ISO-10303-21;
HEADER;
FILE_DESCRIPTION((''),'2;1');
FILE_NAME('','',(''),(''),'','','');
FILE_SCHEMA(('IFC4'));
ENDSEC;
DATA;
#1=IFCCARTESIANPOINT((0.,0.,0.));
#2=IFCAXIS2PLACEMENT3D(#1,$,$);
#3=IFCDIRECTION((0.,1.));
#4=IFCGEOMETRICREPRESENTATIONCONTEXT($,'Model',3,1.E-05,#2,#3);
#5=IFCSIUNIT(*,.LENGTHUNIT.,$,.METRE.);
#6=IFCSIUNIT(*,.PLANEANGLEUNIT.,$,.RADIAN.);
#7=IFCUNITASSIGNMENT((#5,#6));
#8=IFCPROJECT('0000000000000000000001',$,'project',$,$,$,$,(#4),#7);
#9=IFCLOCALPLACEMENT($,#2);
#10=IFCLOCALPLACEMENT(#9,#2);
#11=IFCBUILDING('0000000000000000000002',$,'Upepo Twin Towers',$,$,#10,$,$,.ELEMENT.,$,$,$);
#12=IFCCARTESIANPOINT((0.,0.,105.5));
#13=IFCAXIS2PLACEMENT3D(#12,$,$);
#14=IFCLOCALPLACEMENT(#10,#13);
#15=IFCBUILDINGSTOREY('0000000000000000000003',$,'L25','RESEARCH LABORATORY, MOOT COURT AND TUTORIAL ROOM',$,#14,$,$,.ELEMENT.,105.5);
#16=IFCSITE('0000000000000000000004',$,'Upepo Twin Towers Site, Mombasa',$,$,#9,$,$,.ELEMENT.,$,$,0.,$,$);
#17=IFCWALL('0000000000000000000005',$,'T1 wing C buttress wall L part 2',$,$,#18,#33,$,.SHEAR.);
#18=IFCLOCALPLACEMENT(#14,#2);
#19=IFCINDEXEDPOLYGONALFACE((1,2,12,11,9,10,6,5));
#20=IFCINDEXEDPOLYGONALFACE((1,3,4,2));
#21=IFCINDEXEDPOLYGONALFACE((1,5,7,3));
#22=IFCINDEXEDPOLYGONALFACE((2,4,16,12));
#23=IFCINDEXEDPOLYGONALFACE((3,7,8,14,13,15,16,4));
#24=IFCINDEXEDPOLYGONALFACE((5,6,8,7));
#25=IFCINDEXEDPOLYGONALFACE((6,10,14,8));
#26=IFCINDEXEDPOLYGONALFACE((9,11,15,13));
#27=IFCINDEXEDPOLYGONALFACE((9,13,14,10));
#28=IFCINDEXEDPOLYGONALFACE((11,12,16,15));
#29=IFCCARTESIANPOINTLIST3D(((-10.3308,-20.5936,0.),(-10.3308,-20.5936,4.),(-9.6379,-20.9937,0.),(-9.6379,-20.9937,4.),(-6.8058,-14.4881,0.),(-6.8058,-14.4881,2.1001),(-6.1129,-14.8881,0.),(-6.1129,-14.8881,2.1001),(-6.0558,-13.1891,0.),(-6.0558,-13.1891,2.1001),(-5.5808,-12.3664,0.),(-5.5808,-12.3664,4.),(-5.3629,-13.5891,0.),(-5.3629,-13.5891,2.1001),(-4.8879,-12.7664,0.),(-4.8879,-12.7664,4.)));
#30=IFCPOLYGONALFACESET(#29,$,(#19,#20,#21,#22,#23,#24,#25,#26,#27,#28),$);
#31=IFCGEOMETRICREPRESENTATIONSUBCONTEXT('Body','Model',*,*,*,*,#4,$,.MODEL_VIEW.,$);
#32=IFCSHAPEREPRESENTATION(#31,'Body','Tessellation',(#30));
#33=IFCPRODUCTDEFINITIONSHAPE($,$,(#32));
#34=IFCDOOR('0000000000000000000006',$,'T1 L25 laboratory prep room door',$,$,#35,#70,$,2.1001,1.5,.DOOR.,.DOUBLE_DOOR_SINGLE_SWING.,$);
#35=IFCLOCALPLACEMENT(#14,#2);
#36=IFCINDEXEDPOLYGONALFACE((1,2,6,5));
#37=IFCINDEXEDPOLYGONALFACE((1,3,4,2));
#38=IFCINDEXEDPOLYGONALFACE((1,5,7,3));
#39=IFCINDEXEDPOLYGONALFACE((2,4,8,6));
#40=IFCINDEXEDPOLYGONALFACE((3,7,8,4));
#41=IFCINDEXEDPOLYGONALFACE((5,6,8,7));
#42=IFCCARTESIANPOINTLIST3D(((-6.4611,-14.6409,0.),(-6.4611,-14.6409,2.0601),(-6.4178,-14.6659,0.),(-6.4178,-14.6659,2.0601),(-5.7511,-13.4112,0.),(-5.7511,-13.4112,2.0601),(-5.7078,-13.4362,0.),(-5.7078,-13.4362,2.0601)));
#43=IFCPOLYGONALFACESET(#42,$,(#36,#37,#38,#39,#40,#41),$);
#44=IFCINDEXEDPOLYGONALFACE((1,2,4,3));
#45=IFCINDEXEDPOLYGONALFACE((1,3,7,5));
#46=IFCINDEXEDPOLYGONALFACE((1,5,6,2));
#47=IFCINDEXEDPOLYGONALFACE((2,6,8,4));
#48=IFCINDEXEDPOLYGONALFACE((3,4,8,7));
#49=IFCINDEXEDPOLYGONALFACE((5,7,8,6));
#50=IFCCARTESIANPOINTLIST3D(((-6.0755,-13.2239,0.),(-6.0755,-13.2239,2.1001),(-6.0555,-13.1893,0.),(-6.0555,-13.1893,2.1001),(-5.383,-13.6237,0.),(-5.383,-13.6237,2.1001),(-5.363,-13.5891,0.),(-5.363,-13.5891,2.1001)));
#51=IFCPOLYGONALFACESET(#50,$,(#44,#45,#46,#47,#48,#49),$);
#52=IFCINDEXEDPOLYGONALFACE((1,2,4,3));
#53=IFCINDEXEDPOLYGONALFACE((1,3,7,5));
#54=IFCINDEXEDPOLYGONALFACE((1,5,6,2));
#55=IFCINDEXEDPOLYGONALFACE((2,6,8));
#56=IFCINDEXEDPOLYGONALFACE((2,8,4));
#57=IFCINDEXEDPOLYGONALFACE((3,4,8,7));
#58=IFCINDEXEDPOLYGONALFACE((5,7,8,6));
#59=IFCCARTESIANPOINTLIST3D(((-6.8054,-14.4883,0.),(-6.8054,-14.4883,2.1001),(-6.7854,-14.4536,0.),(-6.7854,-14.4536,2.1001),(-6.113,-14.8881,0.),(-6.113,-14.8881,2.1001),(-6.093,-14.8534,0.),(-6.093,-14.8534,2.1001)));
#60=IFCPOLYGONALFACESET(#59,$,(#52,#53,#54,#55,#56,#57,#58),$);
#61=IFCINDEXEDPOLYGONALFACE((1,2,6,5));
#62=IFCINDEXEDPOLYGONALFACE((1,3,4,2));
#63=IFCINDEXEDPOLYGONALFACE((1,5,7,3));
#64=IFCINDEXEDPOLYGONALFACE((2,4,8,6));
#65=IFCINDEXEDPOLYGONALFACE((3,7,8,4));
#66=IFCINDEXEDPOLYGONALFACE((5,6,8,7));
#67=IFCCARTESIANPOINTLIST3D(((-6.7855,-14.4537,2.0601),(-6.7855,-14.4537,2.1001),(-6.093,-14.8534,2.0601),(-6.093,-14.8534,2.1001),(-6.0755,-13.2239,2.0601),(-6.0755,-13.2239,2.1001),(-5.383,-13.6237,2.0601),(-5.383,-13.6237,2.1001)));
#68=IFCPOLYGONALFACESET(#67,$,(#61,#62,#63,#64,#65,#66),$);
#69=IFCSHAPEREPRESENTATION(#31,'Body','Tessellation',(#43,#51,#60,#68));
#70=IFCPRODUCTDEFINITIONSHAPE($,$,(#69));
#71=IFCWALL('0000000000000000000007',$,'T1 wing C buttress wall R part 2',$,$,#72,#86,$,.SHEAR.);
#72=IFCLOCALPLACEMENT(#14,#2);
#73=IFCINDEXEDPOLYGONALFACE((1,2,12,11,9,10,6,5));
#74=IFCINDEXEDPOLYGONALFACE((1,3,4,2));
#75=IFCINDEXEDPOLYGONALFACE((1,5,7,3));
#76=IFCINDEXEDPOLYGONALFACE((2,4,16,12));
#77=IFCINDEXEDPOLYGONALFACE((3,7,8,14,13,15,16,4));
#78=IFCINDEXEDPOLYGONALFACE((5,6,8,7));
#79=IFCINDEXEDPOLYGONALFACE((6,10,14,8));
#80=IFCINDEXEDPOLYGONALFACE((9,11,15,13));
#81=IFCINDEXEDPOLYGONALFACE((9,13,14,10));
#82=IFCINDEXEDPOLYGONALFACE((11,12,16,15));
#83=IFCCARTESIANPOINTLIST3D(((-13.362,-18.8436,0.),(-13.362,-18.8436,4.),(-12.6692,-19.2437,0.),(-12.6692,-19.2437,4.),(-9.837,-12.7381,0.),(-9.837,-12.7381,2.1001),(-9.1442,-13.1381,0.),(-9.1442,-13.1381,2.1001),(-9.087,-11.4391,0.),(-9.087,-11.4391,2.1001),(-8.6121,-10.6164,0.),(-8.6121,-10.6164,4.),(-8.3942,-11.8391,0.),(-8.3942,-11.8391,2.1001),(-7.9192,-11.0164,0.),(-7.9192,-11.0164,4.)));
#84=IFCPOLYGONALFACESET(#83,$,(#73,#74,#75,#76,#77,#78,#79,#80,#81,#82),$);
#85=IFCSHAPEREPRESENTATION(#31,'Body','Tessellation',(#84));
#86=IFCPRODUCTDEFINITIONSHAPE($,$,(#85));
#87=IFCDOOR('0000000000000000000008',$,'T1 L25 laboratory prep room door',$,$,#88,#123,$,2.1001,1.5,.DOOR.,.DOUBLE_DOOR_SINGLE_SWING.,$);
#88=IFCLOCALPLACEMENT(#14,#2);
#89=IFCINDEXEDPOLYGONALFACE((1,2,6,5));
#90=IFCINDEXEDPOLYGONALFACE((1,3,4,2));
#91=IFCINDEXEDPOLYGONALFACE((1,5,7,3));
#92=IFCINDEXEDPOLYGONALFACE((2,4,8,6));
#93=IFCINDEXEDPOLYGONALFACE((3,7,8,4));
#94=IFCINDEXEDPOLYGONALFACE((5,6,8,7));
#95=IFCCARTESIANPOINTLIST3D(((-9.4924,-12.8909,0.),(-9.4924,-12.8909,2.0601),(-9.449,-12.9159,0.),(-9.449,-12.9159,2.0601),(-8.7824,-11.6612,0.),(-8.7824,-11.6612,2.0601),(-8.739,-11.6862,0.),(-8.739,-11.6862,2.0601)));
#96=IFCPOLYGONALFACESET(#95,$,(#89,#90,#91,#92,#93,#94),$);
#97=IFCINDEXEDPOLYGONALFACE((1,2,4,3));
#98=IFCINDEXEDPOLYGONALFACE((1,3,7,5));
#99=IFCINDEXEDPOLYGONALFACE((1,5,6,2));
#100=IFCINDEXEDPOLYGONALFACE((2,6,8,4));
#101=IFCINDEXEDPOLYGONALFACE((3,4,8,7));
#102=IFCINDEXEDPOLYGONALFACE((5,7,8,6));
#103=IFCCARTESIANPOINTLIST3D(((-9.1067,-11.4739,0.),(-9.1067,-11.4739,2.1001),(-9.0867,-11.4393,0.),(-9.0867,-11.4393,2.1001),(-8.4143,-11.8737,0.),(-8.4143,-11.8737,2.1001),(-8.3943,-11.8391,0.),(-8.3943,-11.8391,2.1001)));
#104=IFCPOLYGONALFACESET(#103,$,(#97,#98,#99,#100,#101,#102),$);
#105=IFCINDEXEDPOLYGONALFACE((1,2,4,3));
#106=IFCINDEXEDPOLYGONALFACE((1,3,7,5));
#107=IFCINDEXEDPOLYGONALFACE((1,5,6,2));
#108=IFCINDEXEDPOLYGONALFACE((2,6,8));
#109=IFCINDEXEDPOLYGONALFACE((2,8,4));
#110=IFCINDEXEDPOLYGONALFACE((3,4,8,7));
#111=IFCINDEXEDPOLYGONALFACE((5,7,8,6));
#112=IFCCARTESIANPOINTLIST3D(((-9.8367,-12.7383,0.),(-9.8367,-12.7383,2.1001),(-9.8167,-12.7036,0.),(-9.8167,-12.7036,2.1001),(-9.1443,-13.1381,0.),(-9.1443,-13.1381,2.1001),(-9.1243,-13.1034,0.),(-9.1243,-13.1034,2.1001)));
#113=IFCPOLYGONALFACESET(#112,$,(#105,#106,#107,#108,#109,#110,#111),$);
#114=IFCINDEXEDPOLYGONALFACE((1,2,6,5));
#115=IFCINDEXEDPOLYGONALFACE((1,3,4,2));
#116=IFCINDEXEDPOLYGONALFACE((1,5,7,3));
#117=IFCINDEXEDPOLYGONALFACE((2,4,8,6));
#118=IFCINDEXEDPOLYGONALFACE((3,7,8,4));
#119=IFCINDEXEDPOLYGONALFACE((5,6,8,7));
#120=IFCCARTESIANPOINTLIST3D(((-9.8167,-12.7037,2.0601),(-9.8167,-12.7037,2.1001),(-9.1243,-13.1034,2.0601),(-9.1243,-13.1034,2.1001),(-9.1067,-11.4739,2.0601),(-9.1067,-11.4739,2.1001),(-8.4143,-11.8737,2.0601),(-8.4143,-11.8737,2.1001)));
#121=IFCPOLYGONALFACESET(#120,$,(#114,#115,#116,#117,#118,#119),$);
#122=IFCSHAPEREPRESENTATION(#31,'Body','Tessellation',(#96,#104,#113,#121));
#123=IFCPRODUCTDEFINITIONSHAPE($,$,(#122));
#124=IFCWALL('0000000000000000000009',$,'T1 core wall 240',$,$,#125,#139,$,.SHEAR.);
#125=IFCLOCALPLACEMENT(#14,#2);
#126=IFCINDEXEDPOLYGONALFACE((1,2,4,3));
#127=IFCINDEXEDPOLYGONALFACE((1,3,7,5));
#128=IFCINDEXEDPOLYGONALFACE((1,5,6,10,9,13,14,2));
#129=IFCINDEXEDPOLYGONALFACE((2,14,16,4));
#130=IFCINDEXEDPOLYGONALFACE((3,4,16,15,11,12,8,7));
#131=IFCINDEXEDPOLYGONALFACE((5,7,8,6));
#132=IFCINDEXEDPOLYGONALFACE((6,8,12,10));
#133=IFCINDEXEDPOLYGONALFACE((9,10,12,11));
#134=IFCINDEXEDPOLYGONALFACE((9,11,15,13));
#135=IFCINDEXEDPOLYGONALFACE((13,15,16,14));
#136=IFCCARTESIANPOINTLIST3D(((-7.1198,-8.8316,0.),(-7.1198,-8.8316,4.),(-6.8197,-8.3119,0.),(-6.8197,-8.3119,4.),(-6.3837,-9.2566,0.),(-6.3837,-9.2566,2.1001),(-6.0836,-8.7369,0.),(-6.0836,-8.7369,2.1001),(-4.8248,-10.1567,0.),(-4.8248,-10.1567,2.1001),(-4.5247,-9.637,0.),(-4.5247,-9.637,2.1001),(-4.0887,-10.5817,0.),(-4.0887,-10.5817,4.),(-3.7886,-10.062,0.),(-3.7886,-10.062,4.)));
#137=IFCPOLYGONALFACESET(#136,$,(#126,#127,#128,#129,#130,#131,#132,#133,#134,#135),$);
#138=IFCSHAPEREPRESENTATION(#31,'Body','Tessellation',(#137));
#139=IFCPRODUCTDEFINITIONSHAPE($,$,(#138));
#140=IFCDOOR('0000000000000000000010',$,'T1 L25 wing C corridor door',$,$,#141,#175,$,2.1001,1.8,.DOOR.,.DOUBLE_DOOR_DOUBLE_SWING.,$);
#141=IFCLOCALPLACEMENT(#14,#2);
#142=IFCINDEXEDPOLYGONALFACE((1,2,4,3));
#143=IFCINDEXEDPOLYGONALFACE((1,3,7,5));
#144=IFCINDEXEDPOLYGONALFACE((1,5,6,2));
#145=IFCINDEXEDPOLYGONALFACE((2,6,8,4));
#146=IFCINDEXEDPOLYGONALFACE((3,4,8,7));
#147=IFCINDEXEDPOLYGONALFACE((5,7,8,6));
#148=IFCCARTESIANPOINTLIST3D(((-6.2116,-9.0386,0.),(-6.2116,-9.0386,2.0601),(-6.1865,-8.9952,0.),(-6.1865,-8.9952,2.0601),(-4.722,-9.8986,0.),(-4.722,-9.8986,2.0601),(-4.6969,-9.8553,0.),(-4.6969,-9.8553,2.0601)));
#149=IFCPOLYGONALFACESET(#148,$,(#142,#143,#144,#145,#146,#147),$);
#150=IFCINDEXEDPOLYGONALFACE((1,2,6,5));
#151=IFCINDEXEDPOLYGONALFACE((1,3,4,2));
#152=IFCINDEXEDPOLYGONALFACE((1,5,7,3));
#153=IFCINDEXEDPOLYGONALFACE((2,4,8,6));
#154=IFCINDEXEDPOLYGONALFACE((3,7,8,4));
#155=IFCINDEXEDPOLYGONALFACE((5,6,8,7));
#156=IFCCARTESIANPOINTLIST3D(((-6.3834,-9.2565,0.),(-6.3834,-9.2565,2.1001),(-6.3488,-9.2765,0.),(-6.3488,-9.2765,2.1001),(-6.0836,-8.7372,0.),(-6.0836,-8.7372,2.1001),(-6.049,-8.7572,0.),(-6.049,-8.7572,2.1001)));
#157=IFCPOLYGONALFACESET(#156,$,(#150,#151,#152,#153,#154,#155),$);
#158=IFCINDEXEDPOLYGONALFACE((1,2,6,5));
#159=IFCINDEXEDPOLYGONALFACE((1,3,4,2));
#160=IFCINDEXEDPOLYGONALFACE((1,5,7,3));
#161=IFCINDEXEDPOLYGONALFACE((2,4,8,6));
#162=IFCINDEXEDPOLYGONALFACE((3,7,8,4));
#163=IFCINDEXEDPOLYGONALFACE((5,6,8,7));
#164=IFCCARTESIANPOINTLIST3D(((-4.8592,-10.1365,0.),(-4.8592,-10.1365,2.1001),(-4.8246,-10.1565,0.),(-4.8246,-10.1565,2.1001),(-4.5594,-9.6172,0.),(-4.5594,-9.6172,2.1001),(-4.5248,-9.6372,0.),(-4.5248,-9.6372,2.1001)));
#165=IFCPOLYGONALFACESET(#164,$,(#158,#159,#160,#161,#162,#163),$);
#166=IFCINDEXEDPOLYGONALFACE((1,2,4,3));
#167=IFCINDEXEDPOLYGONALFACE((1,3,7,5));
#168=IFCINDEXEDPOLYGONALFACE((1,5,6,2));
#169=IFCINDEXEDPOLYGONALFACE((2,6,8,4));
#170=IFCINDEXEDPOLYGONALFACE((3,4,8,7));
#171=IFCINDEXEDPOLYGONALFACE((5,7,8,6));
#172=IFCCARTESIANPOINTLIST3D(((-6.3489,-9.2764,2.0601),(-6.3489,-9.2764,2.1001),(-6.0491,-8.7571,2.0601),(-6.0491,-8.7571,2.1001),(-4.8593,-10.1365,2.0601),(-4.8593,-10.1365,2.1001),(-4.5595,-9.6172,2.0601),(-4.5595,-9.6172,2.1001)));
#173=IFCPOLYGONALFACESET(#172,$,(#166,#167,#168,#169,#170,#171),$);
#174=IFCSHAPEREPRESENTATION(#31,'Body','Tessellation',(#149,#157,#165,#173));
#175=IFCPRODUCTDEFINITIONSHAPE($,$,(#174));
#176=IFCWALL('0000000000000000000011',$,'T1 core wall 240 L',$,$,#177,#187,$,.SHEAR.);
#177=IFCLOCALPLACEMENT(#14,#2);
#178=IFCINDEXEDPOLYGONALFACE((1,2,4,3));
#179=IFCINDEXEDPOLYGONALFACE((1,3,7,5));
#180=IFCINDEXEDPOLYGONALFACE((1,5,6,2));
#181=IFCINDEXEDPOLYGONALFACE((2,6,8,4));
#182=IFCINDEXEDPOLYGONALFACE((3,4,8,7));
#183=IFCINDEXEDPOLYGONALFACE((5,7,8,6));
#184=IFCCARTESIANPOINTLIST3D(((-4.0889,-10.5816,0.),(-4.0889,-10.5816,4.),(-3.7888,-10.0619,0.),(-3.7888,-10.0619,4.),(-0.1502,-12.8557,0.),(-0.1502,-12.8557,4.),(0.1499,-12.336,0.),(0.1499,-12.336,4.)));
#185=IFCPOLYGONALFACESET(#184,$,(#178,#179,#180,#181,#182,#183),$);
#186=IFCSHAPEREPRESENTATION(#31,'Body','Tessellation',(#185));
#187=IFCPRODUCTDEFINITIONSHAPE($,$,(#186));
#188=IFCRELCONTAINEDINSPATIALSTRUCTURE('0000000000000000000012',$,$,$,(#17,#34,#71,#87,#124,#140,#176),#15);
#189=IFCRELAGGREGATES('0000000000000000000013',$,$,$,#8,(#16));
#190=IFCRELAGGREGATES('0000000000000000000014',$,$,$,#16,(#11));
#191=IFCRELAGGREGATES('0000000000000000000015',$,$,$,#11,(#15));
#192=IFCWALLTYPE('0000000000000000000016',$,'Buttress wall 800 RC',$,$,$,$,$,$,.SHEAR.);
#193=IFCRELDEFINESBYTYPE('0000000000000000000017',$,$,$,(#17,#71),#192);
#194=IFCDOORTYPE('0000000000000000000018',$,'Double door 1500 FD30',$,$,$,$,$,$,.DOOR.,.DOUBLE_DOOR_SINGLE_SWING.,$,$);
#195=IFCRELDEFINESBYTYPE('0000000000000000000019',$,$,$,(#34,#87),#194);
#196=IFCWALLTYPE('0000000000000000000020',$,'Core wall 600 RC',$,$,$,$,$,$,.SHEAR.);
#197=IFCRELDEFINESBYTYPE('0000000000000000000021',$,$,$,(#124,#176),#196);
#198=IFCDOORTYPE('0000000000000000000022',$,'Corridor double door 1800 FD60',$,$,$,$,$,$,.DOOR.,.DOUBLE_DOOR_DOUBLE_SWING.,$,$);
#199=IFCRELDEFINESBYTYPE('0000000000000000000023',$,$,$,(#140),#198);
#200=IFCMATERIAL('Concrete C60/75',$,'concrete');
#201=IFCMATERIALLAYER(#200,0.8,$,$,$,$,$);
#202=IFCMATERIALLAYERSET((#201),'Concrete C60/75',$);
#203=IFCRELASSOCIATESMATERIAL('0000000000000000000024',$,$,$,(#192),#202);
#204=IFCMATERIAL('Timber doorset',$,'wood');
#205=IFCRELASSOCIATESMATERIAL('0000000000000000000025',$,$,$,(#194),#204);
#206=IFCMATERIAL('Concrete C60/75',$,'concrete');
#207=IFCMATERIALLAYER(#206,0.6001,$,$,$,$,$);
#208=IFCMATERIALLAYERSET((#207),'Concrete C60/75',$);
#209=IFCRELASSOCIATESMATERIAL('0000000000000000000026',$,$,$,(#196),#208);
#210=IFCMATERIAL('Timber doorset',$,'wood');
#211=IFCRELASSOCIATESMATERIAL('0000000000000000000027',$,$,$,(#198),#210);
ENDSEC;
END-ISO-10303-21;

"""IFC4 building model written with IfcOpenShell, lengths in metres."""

from ifc_helpers import new_model, si_unit, direction, frame, frame_2d, origin, place, context, subcontext, project, spatial, rectangle, extrude, material, layer, layer_set, type_object, element, fill, save


model = new_model("IFC4")

# Units and contexts
model_context = context("Model", 3, precision=1e-05, world=origin(), true_north=direction((0.0, 1.0)))
body_context = subcontext(model_context, "Body", "Model", "MODEL_VIEW")
ifc_project = project(units=[si_unit("LENGTHUNIT", "METRE"), si_unit("PLANEANGLEUNIT", "RADIAN")], contexts=[model_context])

# Site, building, storey
site_placement = place(None, origin())
site = spatial("IfcSite", under=ifc_project, at=site_placement, Name="Upepo Twin Towers Site, Mombasa", CompositionType="ELEMENT", RefElevation=0.0)
building_placement = place(site_placement, origin())
building = spatial("IfcBuilding", under=site, at=building_placement, Name="Upepo Twin Towers", CompositionType="ELEMENT")
storey_placement = place(building_placement, frame((0.0, 0.0, 105.5)))
storey = spatial("IfcBuildingStorey", under=building, at=storey_placement, Name="L25", Description="RESEARCH LABORATORY, MOOT COURT AND TUTORIAL ROOM", CompositionType="ELEMENT", Elevation=105.5)

# Walls, openings, doors
ifc_material_1 = material(Name="Concrete C60/75", Category="concrete")
ifc_layer_1 = layer(ifc_material_1, 0.8)
ifc_layer_set_1 = layer_set([ifc_layer_1], Name="Concrete C60/75")
wall_type_1 = type_object("IfcWallType", Name="Buttress wall 800 RC", PredefinedType="SHEAR", material=ifc_layer_set_1)
wall_1_placement = place(storey_placement, frame((-5.2344, -12.5664, 0.0), z_axis=(0.0, 0.0, 1.0), x_axis=(-0.499998, -0.866027, 0.0)))
wall_1 = element("IfcWall", 1, at=wall_1_placement, inside=storey, type_object=wall_type_1, Name="T1 wing C buttress wall L part 2", PredefinedType="SHEAR", context=body_context, shape_type="SweptSolid", body=[
    extrude(rectangle(XDim=9.5, YDim=0.8, at=frame_2d((4.75, 0.0))), origin(), (0.0, 0.0, 1.0), 4.0),
])
opening_1_placement = place(wall_1_placement, frame((0.95, 0.0, 0.0)))
opening_1 = element("IfcOpeningElement", 2, at=opening_1_placement, cuts=wall_1, PredefinedType="OPENING", context=body_context, shape_type="SweptSolid", body=[
    extrude(rectangle(XDim=1.5, YDim=2.1001, at=frame_2d((0.75, 1.05))), frame((0.0, 0.4099, 0.0), z_axis=(0.0, -1.0, 0.0), x_axis=(1.0, 0.0, 0.0)), (0.0, 0.0, 1.0), 0.8201),
])
ifc_material_2 = material(Name="Timber doorset", Category="wood")
door_type_1 = type_object("IfcDoorType", Name="Double door 1500 FD30", OperationType="DOUBLE_DOOR_SINGLE_SWING", PredefinedType="DOOR", material=ifc_material_2)
door_1_placement = place(opening_1_placement, origin())
door_1 = element("IfcDoor", 3, at=door_1_placement, inside=storey, type_object=door_type_1, Name="T1 L25 laboratory prep room door", OperationType="DOUBLE_DOOR_SINGLE_SWING", OverallHeight=2.1001, OverallWidth=1.5, PredefinedType="DOOR", context=body_context, shape_type="SweptSolid", body=[
    extrude(rectangle(XDim=1.42, YDim=2.0601, at=frame_2d((0.75, 1.03))), frame((0.0, 0.0249, 0.0), z_axis=(0.0, -1.0, 0.0), x_axis=(1.0, 0.0, 0.0)), (0.0, 0.0, 1.0), 0.05),
    extrude(rectangle(XDim=0.04, YDim=2.1001, at=frame_2d((0.02, 1.05))), frame((0.0, 0.3999, 0.0), z_axis=(0.0, -1.0, 0.0), x_axis=(1.0, 0.0, 0.0)), (0.0, 0.0, 1.0), 0.7996),
    extrude(rectangle(XDim=0.04, YDim=2.1001, at=frame_2d((1.48, 1.05))), frame((0.0, 0.3999, 0.0), z_axis=(0.0, -1.0, 0.0), x_axis=(1.0, 0.0, 0.0)), (0.0, 0.0, 1.0), 0.7996),
    extrude(rectangle(XDim=1.42, YDim=0.04, at=frame_2d((0.75, 2.0801))), frame((0.0, 0.3999, 0.0), z_axis=(0.0, -1.0, 0.0), x_axis=(1.0, 0.0, 0.0)), (0.0, 0.0, 1.0), 0.7996),
])
fill(opening_1, door_1)
wall_2_placement = place(storey_placement, frame((-8.2656, -10.8164, 0.0), z_axis=(0.0, 0.0, 1.0), x_axis=(-0.499998, -0.866027, 0.0)))
wall_2 = element("IfcWall", 4, at=wall_2_placement, inside=storey, type_object=wall_type_1, Name="T1 wing C buttress wall R part 2", PredefinedType="SHEAR", context=body_context, shape_type="SweptSolid", body=[
    extrude(rectangle(XDim=9.5, YDim=0.8, at=frame_2d((4.75, 0.0))), origin(), (0.0, 0.0, 1.0), 4.0),
])
opening_2_placement = place(wall_2_placement, frame((0.95, 0.0, 0.0)))
opening_2 = element("IfcOpeningElement", 5, at=opening_2_placement, cuts=wall_2, PredefinedType="OPENING", context=body_context, shape_type="SweptSolid", body=[
    extrude(rectangle(XDim=1.5, YDim=2.1001, at=frame_2d((0.75, 1.05))), frame((0.0, 0.4099, 0.0), z_axis=(0.0, -1.0, 0.0), x_axis=(1.0, 0.0, 0.0)), (0.0, 0.0, 1.0), 0.8201),
])
door_2_placement = place(opening_2_placement, origin())
door_2 = element("IfcDoor", 6, at=door_2_placement, inside=storey, type_object=door_type_1, Name="T1 L25 laboratory prep room door", OperationType="DOUBLE_DOOR_SINGLE_SWING", OverallHeight=2.1001, OverallWidth=1.5, PredefinedType="DOOR", context=body_context, shape_type="SweptSolid", body=[
    extrude(rectangle(XDim=1.42, YDim=2.0601, at=frame_2d((0.75, 1.03))), frame((0.0, 0.0249, 0.0), z_axis=(0.0, -1.0, 0.0), x_axis=(1.0, 0.0, 0.0)), (0.0, 0.0, 1.0), 0.05),
    extrude(rectangle(XDim=0.04, YDim=2.1001, at=frame_2d((0.02, 1.05))), frame((0.0, 0.3999, 0.0), z_axis=(0.0, -1.0, 0.0), x_axis=(1.0, 0.0, 0.0)), (0.0, 0.0, 1.0), 0.7996),
    extrude(rectangle(XDim=0.04, YDim=2.1001, at=frame_2d((1.48, 1.05))), frame((0.0, 0.3999, 0.0), z_axis=(0.0, -1.0, 0.0), x_axis=(1.0, 0.0, 0.0)), (0.0, 0.0, 1.0), 0.7996),
    extrude(rectangle(XDim=1.42, YDim=0.04, at=frame_2d((0.75, 2.0801))), frame((0.0, 0.3999, 0.0), z_axis=(0.0, -1.0, 0.0), x_axis=(1.0, 0.0, 0.0)), (0.0, 0.0, 1.0), 0.7996),
])
fill(opening_2, door_2)
ifc_material_3 = material(Name="Concrete C60/75", Category="concrete")
ifc_layer_2 = layer(ifc_material_3, 0.6001)
ifc_layer_set_2 = layer_set([ifc_layer_2], Name="Concrete C60/75")
wall_type_2 = type_object("IfcWallType", Name="Core wall 600 RC", PredefinedType="SHEAR", material=ifc_layer_set_2)
wall_3_placement = place(storey_placement, frame((-6.9697, -8.5718, 0.0), z_axis=(0.0, 0.0, 1.0), x_axis=(0.866019, -0.50001, 0.0)))
wall_3 = element("IfcWall", 7, at=wall_3_placement, inside=storey, type_object=wall_type_2, Name="T1 core wall 240", PredefinedType="SHEAR", context=body_context, shape_type="SweptSolid", body=[
    extrude(rectangle(XDim=3.5, YDim=0.6001, at=frame_2d((1.75, 0.0))), origin(), (0.0, 0.0, 1.0), 4.0),
])
opening_3_placement = place(wall_3_placement, frame((0.8501, 0.0, 0.0)))
opening_3 = element("IfcOpeningElement", 8, at=opening_3_placement, cuts=wall_3, PredefinedType="OPENING", context=body_context, shape_type="SweptSolid", body=[
    extrude(rectangle(XDim=1.8, YDim=2.1001, at=frame_2d((0.8999, 1.05))), frame((0.0, 0.3101, 0.0), z_axis=(0.0, -1.0, 0.0), x_axis=(1.0, 0.0, 0.0)), (0.0, 0.0, 1.0), 0.6201),
])
ifc_material_4 = material(Name="Timber doorset", Category="wood")
door_type_2 = type_object("IfcDoorType", Name="Corridor double door 1800 FD60", OperationType="DOUBLE_DOOR_DOUBLE_SWING", PredefinedType="DOOR", material=ifc_material_4)
door_3_placement = place(opening_3_placement, origin())
door_3 = element("IfcDoor", 9, at=door_3_placement, inside=storey, type_object=door_type_2, Name="T1 L25 wing C corridor door", OperationType="DOUBLE_DOOR_DOUBLE_SWING", OverallHeight=2.1001, OverallWidth=1.8, PredefinedType="DOOR", context=body_context, shape_type="SweptSolid", body=[
    extrude(rectangle(XDim=1.72, YDim=2.0601, at=frame_2d((0.8999, 1.03))), frame((0.0, 0.0249, 0.0), z_axis=(0.0, -1.0, 0.0), x_axis=(1.0, 0.0, 0.0)), (0.0, 0.0, 1.0), 0.05),
    extrude(rectangle(XDim=0.04, YDim=2.1001, at=frame_2d((0.02, 1.05))), frame((0.0, 0.2998, 0.0), z_axis=(0.0, -1.0, 0.0), x_axis=(1.0, 0.0, 0.0)), (0.0, 0.0, 1.0), 0.5996),
    extrude(rectangle(XDim=0.04, YDim=2.1001, at=frame_2d((1.78, 1.05))), frame((0.0, 0.2998, 0.0), z_axis=(0.0, -1.0, 0.0), x_axis=(1.0, 0.0, 0.0)), (0.0, 0.0, 1.0), 0.5996),
    extrude(rectangle(XDim=1.72, YDim=0.04, at=frame_2d((0.8999, 2.0801))), frame((0.0, 0.2998, 0.0), z_axis=(0.0, -1.0, 0.0), x_axis=(1.0, 0.0, 0.0)), (0.0, 0.0, 1.0), 0.5996),
])
fill(opening_3, door_3)

# Wall
wall_4_placement = place(storey_placement, frame((-3.9387, -10.3218, 0.0), z_axis=(0.0, 0.0, 1.0), x_axis=(0.866011, -0.500024, 0.0)))
element("IfcWall", 10, at=wall_4_placement, inside=storey, type_object=wall_type_2, Name="T1 core wall 240 L", PredefinedType="SHEAR", context=body_context, shape_type="SweptSolid", body=[
    extrude(rectangle(XDim=4.5481, YDim=0.6001, at=frame_2d((2.2739, 0.0))), origin(), (0.0, 0.0, 1.0), 4.0),
])

save(model, "model.ifc")
